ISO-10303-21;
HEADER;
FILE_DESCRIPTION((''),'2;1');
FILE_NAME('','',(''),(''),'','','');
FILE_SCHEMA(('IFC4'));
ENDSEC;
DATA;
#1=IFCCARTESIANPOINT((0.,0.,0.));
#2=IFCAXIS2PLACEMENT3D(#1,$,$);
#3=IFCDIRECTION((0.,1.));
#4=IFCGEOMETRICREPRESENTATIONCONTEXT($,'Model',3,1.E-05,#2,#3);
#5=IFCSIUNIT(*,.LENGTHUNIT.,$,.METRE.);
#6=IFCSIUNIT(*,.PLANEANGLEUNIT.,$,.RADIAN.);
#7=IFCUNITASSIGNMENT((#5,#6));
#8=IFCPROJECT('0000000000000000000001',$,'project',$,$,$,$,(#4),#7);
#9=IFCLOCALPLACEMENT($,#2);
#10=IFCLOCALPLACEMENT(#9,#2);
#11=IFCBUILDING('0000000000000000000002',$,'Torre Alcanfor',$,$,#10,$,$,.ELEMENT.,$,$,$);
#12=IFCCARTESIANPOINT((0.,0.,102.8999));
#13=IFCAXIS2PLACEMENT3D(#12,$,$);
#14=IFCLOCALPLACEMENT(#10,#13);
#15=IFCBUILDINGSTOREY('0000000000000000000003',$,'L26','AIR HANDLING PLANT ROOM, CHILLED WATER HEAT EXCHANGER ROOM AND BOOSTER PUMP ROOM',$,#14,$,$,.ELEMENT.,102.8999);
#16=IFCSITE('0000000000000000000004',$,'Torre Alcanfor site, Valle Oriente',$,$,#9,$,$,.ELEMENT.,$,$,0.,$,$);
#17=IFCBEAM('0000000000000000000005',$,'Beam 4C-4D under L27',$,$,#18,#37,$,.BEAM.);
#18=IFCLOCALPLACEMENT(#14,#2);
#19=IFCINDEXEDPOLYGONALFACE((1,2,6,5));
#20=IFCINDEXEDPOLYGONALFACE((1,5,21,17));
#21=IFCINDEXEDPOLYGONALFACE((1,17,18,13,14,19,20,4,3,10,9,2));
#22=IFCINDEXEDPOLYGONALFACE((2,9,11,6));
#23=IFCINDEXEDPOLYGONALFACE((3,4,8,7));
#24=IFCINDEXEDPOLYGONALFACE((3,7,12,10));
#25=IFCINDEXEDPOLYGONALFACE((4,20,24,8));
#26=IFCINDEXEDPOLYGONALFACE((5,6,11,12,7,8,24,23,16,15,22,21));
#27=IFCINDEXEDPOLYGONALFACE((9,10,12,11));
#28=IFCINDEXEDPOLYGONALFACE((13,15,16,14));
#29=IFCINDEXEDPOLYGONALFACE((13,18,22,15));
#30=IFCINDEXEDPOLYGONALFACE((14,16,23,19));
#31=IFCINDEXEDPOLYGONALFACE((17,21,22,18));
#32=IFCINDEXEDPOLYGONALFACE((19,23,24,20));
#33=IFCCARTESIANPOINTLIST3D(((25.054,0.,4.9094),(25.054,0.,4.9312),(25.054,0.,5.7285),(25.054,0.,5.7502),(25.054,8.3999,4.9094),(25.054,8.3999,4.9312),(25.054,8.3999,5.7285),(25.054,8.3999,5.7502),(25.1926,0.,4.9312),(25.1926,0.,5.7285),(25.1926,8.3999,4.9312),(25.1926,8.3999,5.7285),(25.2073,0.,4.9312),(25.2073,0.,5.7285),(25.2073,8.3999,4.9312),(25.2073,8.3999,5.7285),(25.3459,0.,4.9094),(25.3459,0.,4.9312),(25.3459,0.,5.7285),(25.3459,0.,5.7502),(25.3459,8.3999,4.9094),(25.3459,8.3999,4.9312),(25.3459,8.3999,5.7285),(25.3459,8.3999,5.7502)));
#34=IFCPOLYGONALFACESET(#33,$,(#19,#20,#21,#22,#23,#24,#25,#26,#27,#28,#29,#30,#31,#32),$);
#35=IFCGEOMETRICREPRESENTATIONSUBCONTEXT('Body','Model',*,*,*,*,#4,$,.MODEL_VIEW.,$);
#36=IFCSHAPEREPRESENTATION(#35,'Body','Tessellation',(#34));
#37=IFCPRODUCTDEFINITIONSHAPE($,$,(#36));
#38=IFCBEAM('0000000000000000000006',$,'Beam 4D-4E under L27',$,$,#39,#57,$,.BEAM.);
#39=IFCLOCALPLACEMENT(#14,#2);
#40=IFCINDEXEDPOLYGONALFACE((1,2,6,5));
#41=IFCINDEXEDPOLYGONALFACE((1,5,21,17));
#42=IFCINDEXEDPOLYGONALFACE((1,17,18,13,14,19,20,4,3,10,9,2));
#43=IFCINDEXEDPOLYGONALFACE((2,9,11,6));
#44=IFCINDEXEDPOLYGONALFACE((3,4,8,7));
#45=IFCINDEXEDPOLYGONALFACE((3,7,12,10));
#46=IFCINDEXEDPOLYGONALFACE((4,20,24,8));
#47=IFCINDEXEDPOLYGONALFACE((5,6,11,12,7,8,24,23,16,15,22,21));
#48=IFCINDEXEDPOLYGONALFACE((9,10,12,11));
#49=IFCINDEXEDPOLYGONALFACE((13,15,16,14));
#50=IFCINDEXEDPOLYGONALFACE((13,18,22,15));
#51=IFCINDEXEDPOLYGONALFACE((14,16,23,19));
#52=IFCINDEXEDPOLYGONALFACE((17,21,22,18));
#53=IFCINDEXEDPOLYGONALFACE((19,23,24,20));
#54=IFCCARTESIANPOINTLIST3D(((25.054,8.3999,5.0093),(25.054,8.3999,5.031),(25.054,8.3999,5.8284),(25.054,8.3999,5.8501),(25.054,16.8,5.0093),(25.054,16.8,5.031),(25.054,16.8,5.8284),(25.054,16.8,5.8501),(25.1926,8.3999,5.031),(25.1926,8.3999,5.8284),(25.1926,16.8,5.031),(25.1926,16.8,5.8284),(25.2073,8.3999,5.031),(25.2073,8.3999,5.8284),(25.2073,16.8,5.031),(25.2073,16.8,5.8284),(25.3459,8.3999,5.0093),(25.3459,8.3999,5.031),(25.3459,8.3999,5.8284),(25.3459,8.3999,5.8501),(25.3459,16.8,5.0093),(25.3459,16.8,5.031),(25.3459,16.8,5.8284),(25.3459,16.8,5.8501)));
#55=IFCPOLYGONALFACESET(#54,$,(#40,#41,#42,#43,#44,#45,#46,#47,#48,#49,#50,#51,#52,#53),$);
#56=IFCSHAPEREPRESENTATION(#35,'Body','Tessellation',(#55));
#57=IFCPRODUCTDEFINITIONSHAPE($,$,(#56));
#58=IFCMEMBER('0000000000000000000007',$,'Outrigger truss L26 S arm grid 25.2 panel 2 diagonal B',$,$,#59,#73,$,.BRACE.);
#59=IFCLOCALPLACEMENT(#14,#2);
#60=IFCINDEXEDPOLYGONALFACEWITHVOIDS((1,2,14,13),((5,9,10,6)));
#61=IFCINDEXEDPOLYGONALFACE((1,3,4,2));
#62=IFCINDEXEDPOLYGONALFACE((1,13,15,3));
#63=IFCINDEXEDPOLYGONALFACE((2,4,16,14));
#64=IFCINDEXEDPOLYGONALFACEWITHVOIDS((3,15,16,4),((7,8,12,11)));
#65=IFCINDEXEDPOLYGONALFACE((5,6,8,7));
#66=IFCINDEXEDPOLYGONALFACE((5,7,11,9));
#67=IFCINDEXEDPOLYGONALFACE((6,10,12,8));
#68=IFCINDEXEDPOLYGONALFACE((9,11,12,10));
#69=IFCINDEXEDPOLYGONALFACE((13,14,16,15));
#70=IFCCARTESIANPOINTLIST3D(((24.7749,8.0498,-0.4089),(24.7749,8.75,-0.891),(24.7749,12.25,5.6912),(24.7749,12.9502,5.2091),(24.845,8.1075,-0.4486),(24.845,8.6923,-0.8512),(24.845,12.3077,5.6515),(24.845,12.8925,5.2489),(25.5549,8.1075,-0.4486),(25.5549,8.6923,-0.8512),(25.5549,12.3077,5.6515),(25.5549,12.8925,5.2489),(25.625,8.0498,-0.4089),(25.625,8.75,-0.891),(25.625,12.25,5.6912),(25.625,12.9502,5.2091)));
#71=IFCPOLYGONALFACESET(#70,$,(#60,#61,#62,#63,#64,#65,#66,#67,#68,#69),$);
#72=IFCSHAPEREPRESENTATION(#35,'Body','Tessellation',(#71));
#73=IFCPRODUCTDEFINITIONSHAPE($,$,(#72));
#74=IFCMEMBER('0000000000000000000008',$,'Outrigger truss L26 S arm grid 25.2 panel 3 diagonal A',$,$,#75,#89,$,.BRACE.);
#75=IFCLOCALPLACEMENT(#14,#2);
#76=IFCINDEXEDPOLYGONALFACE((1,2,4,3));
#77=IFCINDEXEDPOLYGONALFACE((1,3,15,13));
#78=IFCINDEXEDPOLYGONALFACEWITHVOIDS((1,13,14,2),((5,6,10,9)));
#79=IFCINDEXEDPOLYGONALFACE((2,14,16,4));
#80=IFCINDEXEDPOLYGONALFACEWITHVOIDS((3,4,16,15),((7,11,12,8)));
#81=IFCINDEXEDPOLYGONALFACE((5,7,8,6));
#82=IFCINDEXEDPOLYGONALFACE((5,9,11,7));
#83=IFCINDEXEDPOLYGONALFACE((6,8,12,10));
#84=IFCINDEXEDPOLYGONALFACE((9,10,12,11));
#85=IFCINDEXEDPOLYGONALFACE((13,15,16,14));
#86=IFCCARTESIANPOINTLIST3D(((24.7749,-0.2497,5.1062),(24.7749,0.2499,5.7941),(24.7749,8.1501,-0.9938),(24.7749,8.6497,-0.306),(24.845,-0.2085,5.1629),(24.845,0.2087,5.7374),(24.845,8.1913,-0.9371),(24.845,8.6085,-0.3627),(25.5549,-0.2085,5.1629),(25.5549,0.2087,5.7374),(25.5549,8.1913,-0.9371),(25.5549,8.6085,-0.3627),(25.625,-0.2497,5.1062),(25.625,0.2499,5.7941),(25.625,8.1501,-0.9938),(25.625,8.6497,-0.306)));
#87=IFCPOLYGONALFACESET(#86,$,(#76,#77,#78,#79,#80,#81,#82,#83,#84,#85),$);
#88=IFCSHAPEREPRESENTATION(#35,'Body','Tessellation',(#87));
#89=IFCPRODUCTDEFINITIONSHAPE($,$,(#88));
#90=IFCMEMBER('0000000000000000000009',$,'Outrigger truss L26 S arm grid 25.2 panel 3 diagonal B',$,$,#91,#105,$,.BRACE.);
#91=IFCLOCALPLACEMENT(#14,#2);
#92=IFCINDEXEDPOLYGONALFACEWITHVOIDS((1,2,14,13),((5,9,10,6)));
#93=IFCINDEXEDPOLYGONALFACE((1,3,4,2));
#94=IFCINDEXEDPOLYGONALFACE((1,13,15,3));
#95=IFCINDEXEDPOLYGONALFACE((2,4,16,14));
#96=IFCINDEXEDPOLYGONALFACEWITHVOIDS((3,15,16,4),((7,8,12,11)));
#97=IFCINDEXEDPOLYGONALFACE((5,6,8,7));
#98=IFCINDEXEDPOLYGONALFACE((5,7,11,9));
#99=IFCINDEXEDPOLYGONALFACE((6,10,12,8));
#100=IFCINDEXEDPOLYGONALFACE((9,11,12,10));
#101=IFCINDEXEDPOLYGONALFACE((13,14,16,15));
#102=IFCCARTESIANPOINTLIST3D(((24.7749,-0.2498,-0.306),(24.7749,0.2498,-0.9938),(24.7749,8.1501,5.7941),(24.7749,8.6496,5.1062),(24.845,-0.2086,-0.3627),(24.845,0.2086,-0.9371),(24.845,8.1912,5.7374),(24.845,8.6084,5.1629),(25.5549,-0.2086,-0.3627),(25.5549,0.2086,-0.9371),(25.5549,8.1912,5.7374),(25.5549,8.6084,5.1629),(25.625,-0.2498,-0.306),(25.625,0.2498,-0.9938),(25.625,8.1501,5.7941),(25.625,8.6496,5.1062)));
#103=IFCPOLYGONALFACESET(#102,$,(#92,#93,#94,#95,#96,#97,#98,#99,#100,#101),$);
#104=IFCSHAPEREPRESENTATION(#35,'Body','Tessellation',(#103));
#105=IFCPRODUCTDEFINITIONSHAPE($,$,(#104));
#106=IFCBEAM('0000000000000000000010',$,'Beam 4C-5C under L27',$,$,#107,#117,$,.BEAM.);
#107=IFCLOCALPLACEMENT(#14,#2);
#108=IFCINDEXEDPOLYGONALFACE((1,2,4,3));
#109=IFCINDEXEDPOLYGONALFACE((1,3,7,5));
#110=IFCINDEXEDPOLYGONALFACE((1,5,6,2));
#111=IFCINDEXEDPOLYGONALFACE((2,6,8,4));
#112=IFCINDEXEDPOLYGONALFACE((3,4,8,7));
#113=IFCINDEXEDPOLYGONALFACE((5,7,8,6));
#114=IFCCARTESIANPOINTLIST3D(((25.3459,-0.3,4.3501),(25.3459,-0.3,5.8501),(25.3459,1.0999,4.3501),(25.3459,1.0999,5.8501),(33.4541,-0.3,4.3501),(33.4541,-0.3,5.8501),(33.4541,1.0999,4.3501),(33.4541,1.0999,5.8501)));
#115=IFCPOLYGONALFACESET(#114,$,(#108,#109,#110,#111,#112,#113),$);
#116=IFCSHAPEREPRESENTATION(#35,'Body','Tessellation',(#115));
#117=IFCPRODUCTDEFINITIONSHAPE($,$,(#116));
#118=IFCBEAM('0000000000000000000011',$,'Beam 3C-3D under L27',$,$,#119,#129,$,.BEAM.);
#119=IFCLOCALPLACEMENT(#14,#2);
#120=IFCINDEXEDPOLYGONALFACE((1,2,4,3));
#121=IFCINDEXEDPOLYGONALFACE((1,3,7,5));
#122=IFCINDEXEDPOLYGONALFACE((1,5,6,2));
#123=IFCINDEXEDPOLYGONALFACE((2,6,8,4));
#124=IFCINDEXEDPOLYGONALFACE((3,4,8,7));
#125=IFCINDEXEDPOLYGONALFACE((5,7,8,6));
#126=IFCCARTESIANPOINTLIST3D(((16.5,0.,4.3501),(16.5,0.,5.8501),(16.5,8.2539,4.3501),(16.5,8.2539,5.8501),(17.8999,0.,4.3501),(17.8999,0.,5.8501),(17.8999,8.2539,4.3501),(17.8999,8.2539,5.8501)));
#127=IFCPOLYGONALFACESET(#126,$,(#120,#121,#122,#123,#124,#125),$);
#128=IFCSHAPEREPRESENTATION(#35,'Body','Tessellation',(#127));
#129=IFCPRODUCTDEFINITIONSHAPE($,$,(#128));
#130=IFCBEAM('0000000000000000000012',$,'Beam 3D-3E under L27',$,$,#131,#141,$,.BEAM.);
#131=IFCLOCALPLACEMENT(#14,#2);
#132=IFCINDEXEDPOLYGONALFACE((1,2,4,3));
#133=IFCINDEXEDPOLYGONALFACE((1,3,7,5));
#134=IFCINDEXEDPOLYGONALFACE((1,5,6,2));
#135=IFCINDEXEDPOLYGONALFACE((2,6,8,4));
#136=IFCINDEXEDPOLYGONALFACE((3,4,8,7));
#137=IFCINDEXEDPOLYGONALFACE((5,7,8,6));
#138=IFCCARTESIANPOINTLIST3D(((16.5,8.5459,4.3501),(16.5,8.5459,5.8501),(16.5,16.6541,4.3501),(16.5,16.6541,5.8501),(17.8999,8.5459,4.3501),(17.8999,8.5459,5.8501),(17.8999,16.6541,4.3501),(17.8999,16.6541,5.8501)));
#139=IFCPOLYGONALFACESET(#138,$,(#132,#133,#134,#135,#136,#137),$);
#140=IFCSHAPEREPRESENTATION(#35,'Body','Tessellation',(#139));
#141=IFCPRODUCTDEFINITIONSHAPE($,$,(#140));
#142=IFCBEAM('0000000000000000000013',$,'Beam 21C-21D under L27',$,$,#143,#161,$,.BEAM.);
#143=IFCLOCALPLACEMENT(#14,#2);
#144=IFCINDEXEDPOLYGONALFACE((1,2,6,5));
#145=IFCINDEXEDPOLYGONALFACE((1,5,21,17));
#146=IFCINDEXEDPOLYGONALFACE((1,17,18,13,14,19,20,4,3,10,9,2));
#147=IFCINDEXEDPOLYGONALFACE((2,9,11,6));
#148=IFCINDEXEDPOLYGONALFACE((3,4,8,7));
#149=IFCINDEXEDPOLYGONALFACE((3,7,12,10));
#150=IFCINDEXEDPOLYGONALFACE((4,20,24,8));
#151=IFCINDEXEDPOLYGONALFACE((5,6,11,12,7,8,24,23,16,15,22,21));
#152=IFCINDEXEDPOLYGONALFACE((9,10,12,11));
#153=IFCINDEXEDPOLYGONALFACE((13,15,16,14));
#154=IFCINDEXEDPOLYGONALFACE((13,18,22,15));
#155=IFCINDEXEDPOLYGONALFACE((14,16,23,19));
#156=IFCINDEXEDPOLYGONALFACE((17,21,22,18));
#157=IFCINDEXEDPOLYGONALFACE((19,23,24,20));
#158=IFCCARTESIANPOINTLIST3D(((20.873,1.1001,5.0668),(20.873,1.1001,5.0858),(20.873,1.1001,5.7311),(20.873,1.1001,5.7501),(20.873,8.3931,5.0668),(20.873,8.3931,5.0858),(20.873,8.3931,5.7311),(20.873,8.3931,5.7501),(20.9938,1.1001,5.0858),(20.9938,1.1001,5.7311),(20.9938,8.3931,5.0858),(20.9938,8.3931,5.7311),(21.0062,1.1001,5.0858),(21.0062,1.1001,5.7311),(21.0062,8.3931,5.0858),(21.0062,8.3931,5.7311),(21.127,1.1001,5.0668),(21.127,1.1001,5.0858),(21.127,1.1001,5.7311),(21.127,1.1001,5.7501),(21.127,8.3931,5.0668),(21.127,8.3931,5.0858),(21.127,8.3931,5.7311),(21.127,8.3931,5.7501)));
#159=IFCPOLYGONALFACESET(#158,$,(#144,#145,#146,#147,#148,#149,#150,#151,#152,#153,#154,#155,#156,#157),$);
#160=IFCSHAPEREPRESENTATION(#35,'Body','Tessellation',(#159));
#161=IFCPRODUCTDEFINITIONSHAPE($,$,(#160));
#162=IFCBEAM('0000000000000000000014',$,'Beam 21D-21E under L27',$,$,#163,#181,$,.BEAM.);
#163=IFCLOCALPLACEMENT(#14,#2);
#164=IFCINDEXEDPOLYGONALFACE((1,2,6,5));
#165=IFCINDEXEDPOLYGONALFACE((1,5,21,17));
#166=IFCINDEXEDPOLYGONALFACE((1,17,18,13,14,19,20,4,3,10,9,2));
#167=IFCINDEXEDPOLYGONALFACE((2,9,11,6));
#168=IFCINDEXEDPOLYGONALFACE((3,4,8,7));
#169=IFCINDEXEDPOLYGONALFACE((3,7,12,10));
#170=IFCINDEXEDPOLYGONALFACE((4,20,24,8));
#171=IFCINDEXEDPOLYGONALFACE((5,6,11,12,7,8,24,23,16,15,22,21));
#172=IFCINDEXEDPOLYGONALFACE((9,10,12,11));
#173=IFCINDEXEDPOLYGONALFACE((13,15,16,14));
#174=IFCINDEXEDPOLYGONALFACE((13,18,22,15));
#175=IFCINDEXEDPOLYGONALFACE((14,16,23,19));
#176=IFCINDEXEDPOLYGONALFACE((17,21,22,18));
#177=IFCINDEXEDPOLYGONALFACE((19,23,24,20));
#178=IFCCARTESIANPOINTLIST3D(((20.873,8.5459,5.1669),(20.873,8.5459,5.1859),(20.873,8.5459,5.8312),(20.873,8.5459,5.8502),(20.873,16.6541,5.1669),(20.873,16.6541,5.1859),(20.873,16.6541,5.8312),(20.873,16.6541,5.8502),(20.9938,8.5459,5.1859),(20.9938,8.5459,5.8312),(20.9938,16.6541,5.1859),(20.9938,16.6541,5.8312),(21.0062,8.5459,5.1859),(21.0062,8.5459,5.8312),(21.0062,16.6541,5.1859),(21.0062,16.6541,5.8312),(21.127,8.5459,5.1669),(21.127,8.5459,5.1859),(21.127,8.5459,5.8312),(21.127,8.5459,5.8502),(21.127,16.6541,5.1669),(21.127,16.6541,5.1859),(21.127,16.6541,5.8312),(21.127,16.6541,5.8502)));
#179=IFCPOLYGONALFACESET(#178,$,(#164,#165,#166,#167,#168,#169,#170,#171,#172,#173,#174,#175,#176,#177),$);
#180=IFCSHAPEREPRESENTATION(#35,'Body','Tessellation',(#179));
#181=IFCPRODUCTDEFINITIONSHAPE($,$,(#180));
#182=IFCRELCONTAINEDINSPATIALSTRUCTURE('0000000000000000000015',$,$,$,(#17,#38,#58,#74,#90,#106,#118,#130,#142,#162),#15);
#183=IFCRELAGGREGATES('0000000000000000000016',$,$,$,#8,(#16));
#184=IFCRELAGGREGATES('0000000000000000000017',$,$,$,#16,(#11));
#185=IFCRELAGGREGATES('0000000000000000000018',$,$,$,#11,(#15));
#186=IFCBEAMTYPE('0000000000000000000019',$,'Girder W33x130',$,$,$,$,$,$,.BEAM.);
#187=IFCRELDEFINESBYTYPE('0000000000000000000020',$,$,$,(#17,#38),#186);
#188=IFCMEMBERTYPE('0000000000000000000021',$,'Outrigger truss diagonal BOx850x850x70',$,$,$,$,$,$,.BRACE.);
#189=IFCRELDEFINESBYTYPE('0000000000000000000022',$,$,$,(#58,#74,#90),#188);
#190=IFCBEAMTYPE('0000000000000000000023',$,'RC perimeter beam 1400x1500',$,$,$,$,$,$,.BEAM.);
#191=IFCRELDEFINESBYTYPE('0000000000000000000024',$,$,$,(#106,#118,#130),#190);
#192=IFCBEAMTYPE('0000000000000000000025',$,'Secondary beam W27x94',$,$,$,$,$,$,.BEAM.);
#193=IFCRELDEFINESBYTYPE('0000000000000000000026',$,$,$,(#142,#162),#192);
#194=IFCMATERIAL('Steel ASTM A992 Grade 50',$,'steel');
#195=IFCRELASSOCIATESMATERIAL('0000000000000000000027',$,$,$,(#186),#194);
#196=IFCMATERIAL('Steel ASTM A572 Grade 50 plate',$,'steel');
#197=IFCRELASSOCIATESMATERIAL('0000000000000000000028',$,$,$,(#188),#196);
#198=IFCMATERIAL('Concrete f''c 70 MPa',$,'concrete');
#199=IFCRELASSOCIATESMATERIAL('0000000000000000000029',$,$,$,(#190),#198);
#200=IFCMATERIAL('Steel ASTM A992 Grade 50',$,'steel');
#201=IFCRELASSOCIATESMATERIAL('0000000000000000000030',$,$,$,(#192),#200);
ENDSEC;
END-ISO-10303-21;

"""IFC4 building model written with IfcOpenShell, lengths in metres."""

from ifc_helpers import new_model, si_unit, direction, frame, origin, origin_2d, place, context, subcontext, project, spatial, rectangle, hollow_rectangle, i_section, extrude, material, material_profile, profile_set, type_object, element, save


model = new_model("IFC4")

# Units and contexts
model_context = context("Model", 3, precision=1e-05, world=origin(), true_north=direction((0.0, 1.0)))
body_context = subcontext(model_context, "Body", "Model", "MODEL_VIEW")
ifc_project = project(units=[si_unit("LENGTHUNIT", "METRE"), si_unit("PLANEANGLEUNIT", "RADIAN")], contexts=[model_context])

# Site, building, storey
site_placement = place(None, origin())
site = spatial("IfcSite", under=ifc_project, at=site_placement, Name="Torre Alcanfor site, Valle Oriente", CompositionType="ELEMENT", RefElevation=0.0)
building_placement = place(site_placement, origin())
building = spatial("IfcBuilding", under=site, at=building_placement, Name="Torre Alcanfor", CompositionType="ELEMENT")
storey_placement = place(building_placement, frame((0.0, 0.0, 102.8999)))
storey = spatial("IfcBuildingStorey", under=building, at=storey_placement, Name="L26", Description="AIR HANDLING PLANT ROOM, CHILLED WATER HEAT EXCHANGER ROOM AND BOOSTER PUMP ROOM", CompositionType="ELEMENT", Elevation=102.8999)

# Beams
ifc_material_1 = material(Name="Steel ASTM A992 Grade 50", Category="steel")
ifc_material_profile_1 = material_profile(ifc_material_1, i_section(OverallWidth=0.292, OverallDepth=0.8408, WebThickness=0.0146, FlangeThickness=0.0217, at=origin_2d()), Name="W33x130")
ifc_profile_set_1 = profile_set([ifc_material_profile_1], Name="Steel ASTM A992 Grade 50")
beam_type_1 = type_object("IfcBeamType", Name="Girder W33x130", PredefinedType="BEAM", material=ifc_profile_set_1)
beam_1_placement = place(storey_placement, frame((25.2, 0.0, 5.3298), z_axis=(0.0, 1.0, 0.0), x_axis=(-1.0, 0.0, 0.0)))
element("IfcBeam", 1, at=beam_1_placement, inside=storey, type_object=beam_type_1, Name="Beam 4C-4D under L27", PredefinedType="BEAM", context=body_context, shape_type="SweptSolid", body=[
    extrude(i_section(OverallWidth=0.292, OverallDepth=0.8408, WebThickness=0.0146, FlangeThickness=0.0217, at=origin_2d()), origin(), (0.0, 0.0, 1.0), 8.3999),
])
beam_2_placement = place(storey_placement, frame((25.2, 8.3999, 5.4297), z_axis=(0.0, 1.0, 0.0), x_axis=(-1.0, 0.0, 0.0)))
element("IfcBeam", 2, at=beam_2_placement, inside=storey, type_object=beam_type_1, Name="Beam 4D-4E under L27", PredefinedType="BEAM", context=body_context, shape_type="SweptSolid", body=[
    extrude(i_section(OverallWidth=0.292, OverallDepth=0.8408, WebThickness=0.0146, FlangeThickness=0.0217, at=origin_2d()), origin(), (0.0, 0.0, 1.0), 8.4001),
])

# Members
ifc_material_2 = material(Name="Steel ASTM A572 Grade 50 plate", Category="steel")
ifc_material_profile_2 = material_profile(ifc_material_2, hollow_rectangle(XDim=0.8501, YDim=0.8501, WallThickness=0.0701, at=origin_2d()), Name="BOX 850x850x70")
ifc_profile_set_2 = profile_set([ifc_material_profile_2], Name="Steel ASTM A572 Grade 50 plate")
member_type_1 = type_object("IfcMemberType", Name="Outrigger truss diagonal BOx850x850x70", PredefinedType="BRACE", material=ifc_profile_set_2)
member_1_placement = place(storey_placement, frame((25.2, 8.3999, -0.6499), z_axis=(0.0, 0.567113, 0.82364), x_axis=(-1.0, 0.0, 0.0)))
element("IfcMember", 3, at=member_1_placement, inside=storey, type_object=member_type_1, Name="Outrigger truss L26 S arm grid 25.2 panel 2 diagonal B", PredefinedType="BRACE", context=body_context, shape_type="SweptSolid", body=[
    extrude(hollow_rectangle(XDim=0.8501, YDim=0.8501, WallThickness=0.0701, at=origin_2d()), origin(), (0.0, 0.0, 1.0), 7.4062),
])
for number, where, z_axis, x_axis, name in (
    (4, (25.2, 8.3999, -0.6499), (0.0, -0.809145, 0.587609), (1.0, 0.0, 0.0), "Outrigger truss L26 S arm grid 25.2 panel 3 diagonal A"),
    (5, (25.2, 0.0, -0.6499), (0.0, 0.809145, 0.587609), (-1.0, 0.0, 0.0), "Outrigger truss L26 S arm grid 25.2 panel 3 diagonal B"),
):
    element("IfcMember", number, at=place(storey_placement, frame(where, z_axis=z_axis, x_axis=x_axis)), inside=storey, type_object=member_type_1, Name=name, PredefinedType="BRACE", context=body_context, shape_type="SweptSolid", body=[
        extrude(hollow_rectangle(XDim=0.8501, YDim=0.8501, WallThickness=0.0701, at=origin_2d()), origin(), (0.0, 0.0, 1.0), 10.3811),
    ])

# Beams
ifc_material_3 = material(Name="Concrete f'c 70 MPa", Category="concrete")
ifc_material_profile_3 = material_profile(ifc_material_3, rectangle(XDim=1.3999, YDim=1.5, at=origin_2d()), Name="1400x1500")
ifc_profile_set_3 = profile_set([ifc_material_profile_3], Name="Concrete f'c 70 MPa")
beam_type_2 = type_object("IfcBeamType", Name="RC perimeter beam 1400x1500", PredefinedType="BEAM", material=ifc_profile_set_3)
beam_3_placement = place(storey_placement, frame((25.3459, 0.3999, 5.1001), z_axis=(1.0, 0.0, 0.0), x_axis=(0.0, 1.0, 0.0)))
element("IfcBeam", 6, at=beam_3_placement, inside=storey, type_object=beam_type_2, Name="Beam 4C-5C under L27", PredefinedType="BEAM", context=body_context, shape_type="SweptSolid", body=[
    extrude(rectangle(XDim=1.3999, YDim=1.5, at=origin_2d()), origin(), (0.0, 0.0, 1.0), 8.1082),
])
beam_4_placement = place(storey_placement, frame((17.2, 0.0, 5.1001), z_axis=(0.0, 1.0, 0.0), x_axis=(-1.0, 0.0, 0.0)))
element("IfcBeam", 7, at=beam_4_placement, inside=storey, type_object=beam_type_2, Name="Beam 3C-3D under L27", PredefinedType="BEAM", context=body_context, shape_type="SweptSolid", body=[
    extrude(rectangle(XDim=1.3999, YDim=1.5, at=origin_2d()), origin(), (0.0, 0.0, 1.0), 8.2539),
])
beam_5_placement = place(storey_placement, frame((17.2, 8.5459, 5.1001), z_axis=(0.0, 1.0, 0.0), x_axis=(-1.0, 0.0, 0.0)))
element("IfcBeam", 8, at=beam_5_placement, inside=storey, type_object=beam_type_2, Name="Beam 3D-3E under L27", PredefinedType="BEAM", context=body_context, shape_type="SweptSolid", body=[
    extrude(rectangle(XDim=1.3999, YDim=1.5, at=origin_2d()), origin(), (0.0, 0.0, 1.0), 8.1082),
])
ifc_material_4 = material(Name="Steel ASTM A992 Grade 50", Category="steel")
ifc_material_profile_4 = material_profile(ifc_material_4, i_section(OverallWidth=0.2539, OverallDepth=0.6833, WebThickness=0.0125, FlangeThickness=0.019, at=origin_2d()), Name="W27x94")
ifc_profile_set_4 = profile_set([ifc_material_profile_4], Name="Steel ASTM A992 Grade 50")
beam_type_3 = type_object("IfcBeamType", Name="Secondary beam W27x94", PredefinedType="BEAM", material=ifc_profile_set_4)
beam_6_placement = place(storey_placement, frame((21.0, 1.1001, 5.4084), z_axis=(0.0, 1.0, 0.0), x_axis=(-1.0, 0.0, 0.0)))
element("IfcBeam", 9, at=beam_6_placement, inside=storey, type_object=beam_type_3, Name="Beam 21C-21D under L27", PredefinedType="BEAM", context=body_context, shape_type="SweptSolid", body=[
    extrude(i_section(OverallWidth=0.2539, OverallDepth=0.6833, WebThickness=0.0125, FlangeThickness=0.019, at=origin_2d()), origin(), (0.0, 0.0, 1.0), 7.293),
])
beam_7_placement = place(storey_placement, frame((21.0, 8.5459, 5.5085), z_axis=(0.0, 1.0, 0.0), x_axis=(-1.0, 0.0, 0.0)))
element("IfcBeam", 10, at=beam_7_placement, inside=storey, type_object=beam_type_3, Name="Beam 21D-21E under L27", PredefinedType="BEAM", context=body_context, shape_type="SweptSolid", body=[
    extrude(i_section(OverallWidth=0.2539, OverallDepth=0.6833, WebThickness=0.0125, FlangeThickness=0.019, at=origin_2d()), origin(), (0.0, 0.0, 1.0), 8.1082),
])

save(model, "model.ifc")
